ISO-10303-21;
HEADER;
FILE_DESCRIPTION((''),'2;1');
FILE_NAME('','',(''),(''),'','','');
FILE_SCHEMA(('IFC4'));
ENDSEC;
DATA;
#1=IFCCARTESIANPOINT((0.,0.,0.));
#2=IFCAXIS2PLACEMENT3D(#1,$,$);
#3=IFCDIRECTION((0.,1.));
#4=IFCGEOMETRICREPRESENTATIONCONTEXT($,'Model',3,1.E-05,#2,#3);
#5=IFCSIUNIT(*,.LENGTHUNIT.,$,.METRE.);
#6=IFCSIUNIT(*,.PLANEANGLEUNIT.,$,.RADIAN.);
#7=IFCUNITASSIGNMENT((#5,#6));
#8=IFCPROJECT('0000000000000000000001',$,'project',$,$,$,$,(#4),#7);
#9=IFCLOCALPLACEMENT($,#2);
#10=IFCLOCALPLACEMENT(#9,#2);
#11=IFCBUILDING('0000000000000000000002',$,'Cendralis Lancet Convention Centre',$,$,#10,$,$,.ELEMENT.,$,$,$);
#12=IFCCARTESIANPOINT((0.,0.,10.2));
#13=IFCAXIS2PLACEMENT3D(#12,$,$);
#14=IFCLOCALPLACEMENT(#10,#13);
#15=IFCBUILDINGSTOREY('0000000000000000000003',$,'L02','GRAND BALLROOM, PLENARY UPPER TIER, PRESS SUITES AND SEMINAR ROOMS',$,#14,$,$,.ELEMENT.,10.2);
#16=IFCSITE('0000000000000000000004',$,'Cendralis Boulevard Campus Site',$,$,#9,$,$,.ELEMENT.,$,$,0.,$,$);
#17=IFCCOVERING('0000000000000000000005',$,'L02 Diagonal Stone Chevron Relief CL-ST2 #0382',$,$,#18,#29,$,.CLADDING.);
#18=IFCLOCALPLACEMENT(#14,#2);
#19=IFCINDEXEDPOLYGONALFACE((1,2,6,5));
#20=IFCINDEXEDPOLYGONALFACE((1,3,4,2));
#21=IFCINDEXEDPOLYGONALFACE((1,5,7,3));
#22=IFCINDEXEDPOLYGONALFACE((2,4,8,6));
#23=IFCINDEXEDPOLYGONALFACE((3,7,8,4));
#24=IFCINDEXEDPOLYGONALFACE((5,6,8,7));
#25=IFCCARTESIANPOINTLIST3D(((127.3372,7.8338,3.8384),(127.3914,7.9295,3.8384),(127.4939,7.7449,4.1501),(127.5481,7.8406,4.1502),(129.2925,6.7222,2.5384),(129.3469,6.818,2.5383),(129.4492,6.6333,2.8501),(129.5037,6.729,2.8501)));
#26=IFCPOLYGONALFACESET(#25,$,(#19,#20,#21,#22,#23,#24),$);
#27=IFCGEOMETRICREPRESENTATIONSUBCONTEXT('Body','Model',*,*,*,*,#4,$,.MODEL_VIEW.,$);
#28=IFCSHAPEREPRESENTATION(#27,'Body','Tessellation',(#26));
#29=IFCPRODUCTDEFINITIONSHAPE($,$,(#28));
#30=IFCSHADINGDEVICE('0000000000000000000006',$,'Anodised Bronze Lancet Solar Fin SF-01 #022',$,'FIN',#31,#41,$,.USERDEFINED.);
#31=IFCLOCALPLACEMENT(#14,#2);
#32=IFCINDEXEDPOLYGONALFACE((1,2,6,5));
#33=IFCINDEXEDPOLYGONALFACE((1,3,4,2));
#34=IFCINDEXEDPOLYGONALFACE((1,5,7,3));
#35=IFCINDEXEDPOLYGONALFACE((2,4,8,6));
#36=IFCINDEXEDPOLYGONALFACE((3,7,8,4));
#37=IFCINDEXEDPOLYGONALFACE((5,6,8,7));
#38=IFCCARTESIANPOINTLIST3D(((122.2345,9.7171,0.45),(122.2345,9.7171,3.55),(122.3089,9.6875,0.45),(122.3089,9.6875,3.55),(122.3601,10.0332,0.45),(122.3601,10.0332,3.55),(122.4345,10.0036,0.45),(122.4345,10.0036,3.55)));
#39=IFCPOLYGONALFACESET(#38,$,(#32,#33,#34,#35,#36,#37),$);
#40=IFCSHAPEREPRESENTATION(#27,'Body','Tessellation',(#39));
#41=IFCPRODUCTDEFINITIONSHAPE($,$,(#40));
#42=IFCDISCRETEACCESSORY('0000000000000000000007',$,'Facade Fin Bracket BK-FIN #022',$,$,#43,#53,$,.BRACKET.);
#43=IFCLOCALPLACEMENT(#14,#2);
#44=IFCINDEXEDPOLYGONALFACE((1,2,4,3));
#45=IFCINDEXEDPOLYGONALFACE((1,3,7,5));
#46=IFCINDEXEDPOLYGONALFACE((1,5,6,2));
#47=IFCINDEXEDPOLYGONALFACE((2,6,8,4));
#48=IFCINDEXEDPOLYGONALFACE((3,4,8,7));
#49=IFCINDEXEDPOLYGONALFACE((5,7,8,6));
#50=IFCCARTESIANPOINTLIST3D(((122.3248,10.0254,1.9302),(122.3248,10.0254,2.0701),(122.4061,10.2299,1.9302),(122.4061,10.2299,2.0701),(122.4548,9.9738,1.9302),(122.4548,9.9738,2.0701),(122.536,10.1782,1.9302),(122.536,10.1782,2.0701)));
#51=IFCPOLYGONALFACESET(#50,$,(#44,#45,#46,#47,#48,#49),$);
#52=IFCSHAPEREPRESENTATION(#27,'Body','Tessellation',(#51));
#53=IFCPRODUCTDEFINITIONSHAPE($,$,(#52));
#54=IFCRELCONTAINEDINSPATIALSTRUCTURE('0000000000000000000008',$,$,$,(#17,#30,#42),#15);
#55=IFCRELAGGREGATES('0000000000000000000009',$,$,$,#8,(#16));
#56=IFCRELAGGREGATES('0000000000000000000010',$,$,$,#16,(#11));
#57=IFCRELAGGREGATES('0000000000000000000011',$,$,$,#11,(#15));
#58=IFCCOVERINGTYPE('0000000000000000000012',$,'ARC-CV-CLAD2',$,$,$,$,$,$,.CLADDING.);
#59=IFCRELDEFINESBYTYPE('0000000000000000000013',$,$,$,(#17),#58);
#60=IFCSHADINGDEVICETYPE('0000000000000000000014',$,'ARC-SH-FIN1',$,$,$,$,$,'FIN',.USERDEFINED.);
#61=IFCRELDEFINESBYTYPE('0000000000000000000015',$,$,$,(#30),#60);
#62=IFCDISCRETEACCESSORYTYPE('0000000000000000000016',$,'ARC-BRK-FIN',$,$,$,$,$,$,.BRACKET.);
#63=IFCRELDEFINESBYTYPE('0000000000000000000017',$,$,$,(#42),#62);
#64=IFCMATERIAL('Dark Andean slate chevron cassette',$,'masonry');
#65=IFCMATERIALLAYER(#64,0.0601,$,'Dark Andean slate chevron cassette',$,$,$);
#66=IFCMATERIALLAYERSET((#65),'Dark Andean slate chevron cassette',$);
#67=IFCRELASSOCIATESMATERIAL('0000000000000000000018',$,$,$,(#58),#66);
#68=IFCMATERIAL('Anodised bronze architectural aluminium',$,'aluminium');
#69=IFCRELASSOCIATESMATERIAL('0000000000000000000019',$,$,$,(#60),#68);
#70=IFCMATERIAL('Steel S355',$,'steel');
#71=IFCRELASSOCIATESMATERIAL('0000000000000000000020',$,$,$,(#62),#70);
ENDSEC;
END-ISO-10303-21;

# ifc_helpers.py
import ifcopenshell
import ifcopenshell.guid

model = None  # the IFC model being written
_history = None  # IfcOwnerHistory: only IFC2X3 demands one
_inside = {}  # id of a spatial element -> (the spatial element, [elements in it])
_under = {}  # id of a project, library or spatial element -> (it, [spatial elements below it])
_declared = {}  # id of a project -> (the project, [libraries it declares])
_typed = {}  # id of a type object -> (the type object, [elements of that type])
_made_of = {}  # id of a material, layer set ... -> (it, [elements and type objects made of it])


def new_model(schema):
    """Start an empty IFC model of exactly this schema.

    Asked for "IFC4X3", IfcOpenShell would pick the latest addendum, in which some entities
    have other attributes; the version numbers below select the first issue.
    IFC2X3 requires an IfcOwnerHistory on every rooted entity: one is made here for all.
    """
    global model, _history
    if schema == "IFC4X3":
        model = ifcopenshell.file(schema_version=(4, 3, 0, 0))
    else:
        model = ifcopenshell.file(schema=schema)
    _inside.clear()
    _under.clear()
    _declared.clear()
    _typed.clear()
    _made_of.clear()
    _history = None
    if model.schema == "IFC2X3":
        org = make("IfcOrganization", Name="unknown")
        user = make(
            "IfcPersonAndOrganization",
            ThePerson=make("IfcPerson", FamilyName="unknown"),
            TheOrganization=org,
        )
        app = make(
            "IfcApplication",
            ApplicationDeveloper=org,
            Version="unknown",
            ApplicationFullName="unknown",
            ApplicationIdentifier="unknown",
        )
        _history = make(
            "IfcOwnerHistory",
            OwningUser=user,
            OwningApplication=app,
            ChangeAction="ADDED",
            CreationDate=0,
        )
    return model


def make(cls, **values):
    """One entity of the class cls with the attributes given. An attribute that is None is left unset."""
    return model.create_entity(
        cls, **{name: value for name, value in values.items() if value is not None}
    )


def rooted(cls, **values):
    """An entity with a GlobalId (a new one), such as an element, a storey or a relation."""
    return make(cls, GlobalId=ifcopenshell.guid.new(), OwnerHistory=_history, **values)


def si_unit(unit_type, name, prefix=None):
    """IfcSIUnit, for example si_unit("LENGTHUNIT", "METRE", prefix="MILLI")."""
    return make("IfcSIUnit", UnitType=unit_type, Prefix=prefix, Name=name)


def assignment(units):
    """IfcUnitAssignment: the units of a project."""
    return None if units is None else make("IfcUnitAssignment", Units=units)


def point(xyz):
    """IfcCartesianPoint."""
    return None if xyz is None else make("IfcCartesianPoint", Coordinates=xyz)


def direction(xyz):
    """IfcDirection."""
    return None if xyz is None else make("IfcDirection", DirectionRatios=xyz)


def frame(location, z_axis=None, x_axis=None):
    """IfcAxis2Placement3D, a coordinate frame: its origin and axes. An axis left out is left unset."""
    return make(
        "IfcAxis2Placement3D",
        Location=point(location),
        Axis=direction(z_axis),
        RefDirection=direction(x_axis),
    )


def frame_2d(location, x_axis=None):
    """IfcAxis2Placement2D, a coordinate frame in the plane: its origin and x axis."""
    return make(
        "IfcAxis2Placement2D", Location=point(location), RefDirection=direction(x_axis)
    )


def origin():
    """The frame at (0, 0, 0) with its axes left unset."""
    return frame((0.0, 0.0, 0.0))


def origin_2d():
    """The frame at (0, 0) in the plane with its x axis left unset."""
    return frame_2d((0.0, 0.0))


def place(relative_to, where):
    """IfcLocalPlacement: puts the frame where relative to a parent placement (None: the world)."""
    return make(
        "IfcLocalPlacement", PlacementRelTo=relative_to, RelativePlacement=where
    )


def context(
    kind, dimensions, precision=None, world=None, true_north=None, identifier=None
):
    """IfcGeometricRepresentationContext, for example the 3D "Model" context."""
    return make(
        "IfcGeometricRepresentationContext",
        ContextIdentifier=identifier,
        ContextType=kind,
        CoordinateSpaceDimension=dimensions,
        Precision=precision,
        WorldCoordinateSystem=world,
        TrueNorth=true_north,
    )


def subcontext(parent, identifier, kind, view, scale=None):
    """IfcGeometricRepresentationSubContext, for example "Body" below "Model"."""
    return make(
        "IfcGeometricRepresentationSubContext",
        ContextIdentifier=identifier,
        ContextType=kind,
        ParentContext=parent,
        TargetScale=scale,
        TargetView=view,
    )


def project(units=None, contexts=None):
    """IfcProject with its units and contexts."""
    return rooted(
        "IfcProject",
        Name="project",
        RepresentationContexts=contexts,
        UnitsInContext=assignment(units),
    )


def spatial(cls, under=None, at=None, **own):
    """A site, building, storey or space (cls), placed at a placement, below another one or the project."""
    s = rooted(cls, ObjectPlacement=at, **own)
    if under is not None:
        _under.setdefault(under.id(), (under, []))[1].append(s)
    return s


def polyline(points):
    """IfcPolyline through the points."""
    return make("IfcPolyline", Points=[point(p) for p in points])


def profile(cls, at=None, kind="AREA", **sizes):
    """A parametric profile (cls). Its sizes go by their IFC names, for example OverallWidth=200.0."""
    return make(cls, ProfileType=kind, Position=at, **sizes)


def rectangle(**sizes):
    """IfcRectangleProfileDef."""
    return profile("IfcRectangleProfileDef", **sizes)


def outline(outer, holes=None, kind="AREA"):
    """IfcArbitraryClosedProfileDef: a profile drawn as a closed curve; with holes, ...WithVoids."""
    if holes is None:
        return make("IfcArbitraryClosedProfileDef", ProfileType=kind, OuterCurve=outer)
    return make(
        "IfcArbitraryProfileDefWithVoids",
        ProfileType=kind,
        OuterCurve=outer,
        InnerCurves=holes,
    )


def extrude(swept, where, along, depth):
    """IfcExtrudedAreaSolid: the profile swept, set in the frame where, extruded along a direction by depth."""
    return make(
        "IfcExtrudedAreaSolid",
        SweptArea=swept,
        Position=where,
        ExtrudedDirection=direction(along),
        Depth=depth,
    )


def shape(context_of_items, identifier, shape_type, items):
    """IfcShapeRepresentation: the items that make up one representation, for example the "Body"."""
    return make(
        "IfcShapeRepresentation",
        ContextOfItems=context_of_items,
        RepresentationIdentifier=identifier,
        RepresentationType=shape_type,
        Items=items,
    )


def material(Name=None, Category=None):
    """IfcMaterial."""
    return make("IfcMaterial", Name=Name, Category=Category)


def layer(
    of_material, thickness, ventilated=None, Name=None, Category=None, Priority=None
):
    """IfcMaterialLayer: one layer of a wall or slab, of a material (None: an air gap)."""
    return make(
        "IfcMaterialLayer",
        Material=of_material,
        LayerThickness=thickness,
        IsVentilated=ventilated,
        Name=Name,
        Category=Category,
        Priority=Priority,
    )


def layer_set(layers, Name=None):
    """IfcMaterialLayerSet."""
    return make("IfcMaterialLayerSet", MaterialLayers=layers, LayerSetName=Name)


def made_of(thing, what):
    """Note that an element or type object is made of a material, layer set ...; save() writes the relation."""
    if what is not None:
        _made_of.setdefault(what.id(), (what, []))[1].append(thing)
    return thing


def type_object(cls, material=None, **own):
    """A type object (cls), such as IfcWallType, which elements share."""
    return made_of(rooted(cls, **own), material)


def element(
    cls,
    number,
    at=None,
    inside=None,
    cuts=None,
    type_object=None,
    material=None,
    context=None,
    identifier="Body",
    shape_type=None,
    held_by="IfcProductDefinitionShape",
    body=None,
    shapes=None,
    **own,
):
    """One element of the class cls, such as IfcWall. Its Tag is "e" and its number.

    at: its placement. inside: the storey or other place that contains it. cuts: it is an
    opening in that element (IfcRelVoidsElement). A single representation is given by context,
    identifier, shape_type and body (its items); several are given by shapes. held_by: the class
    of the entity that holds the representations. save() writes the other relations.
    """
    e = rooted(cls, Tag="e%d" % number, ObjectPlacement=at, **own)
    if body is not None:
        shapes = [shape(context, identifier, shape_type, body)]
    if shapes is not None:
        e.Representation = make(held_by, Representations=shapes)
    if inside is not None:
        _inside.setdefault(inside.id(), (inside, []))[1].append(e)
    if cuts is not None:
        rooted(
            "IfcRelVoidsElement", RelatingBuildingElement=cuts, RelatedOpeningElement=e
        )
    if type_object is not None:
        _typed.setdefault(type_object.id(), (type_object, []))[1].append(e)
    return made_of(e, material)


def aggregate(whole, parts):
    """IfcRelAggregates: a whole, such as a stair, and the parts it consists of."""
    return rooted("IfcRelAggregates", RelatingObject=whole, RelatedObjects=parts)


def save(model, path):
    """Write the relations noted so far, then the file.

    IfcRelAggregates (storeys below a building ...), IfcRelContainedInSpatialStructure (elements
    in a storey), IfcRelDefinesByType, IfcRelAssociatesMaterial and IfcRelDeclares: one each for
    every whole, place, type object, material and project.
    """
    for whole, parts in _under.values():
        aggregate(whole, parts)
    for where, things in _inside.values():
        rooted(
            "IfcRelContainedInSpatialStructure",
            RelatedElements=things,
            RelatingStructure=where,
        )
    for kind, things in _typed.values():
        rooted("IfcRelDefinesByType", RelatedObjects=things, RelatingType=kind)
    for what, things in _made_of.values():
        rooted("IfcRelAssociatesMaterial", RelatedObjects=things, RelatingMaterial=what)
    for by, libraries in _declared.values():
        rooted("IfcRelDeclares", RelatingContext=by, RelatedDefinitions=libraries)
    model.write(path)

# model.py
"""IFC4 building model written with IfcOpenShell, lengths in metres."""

from ifc_helpers import new_model, si_unit, direction, frame, origin, origin_2d, place, context, subcontext, project, spatial, polyline, rectangle, outline, extrude, material, layer, layer_set, type_object, element, save


model = new_model("IFC4")

# Units and contexts
model_context = context("Model", 3, precision=1e-05, world=origin(), true_north=direction((0.0, 1.0)))
body_context = subcontext(model_context, "Body", "Model", "MODEL_VIEW")
ifc_project = project(units=[si_unit("LENGTHUNIT", "METRE"), si_unit("PLANEANGLEUNIT", "RADIAN")], contexts=[model_context])

# Site, building, storey
site_placement = place(None, origin())
site = spatial("IfcSite", under=ifc_project, at=site_placement, Name="Cendralis Boulevard Campus Site", CompositionType="ELEMENT", RefElevation=0.0)
building_placement = place(site_placement, origin())
building = spatial("IfcBuilding", under=site, at=building_placement, Name="Cendralis Lancet Convention Centre", CompositionType="ELEMENT")
storey_placement = place(building_placement, frame((0.0, 0.0, 10.2)))
storey = spatial("IfcBuildingStorey", under=building, at=storey_placement, Name="L02", Description="GRAND BALLROOM, PLENARY UPPER TIER, PRESS SUITES AND SEMINAR ROOMS", CompositionType="ELEMENT", Elevation=10.2)

# Shared definitions
ifc_material_1 = material(Name="Steel S355", Category="steel")

# Shared definitions
ifc_material_2 = material(Name="Dark Andean slate chevron cassette", Category="masonry")

# Covering
ifc_layer_1 = layer(ifc_material_2, 0.0601, Name="Dark Andean slate chevron cassette")
ifc_layer_set_1 = layer_set([ifc_layer_1], Name="Dark Andean slate chevron cassette")
covering_type_1 = type_object("IfcCoveringType", Name="ARC-CV-CLAD2", PredefinedType="CLADDING", material=ifc_layer_set_1)
covering_1_placement = place(storey_placement, frame((127.4939, 7.7449, 4.1501), z_axis=(0.435192, -0.247016, 0.86579), x_axis=(0.752668, -0.427881, -0.500408)))
element("IfcCovering", 1, at=covering_1_placement, inside=storey, type_object=covering_type_1, Name="L02 Diagonal Stone Chevron Relief CL-ST2 #0382", PredefinedType="CLADDING", context=body_context, shape_type="SweptSolid", body=[
    extrude(outline(polyline([(0.0, 0.0), (2.5979, 0.0), (2.5979, 0.1101), (-0.0002, 0.11), (0.0, 0.0)])), origin(), (0.0, 0.0, -1.0), 0.3601),
])

# Shading device
ifc_material_3 = material(Name="Anodised bronze architectural aluminium", Category="aluminium")
shading_device_type = type_object("IfcShadingDeviceType", Name="ARC-SH-FIN1", ElementType="FIN", PredefinedType="USERDEFINED", material=ifc_material_3)
shading_device_placement = place(storey_placement, frame((122.3345, 9.8604, 0.45), z_axis=(0.0, 0.0, 1.0), x_axis=(0.929268, -0.369406, 0.0)))
element("IfcShadingDevice", 2, at=shading_device_placement, inside=storey, type_object=shading_device_type, Name="Anodised Bronze Lancet Solar Fin SF-01 #022", ObjectType="FIN", PredefinedType="USERDEFINED", context=body_context, shape_type="SweptSolid", body=[
    extrude(rectangle(XDim=0.0801, YDim=0.3401, at=origin_2d()), origin(), (0.0, 0.0, 1.0), 3.1001),
])

# Discrete accessory
discrete_accessory_type = type_object("IfcDiscreteAccessoryType", Name="ARC-BRK-FIN", PredefinedType="BRACKET", material=ifc_material_1)
discrete_accessory_placement = place(storey_placement, frame((122.4304, 10.1018, 1.9302), z_axis=(0.0, 0.0, 1.0), x_axis=(0.929268, -0.369406, 0.0)))
element("IfcDiscreteAccessory", 3, at=discrete_accessory_placement, inside=storey, type_object=discrete_accessory_type, Name="Facade Fin Bracket BK-FIN #022", PredefinedType="BRACKET", context=body_context, shape_type="SweptSolid", body=[
    extrude(rectangle(XDim=0.1399, YDim=0.22, at=origin_2d()), origin(), (0.0, 0.0, 1.0), 0.1399),
])

save(model, "model.ifc")
